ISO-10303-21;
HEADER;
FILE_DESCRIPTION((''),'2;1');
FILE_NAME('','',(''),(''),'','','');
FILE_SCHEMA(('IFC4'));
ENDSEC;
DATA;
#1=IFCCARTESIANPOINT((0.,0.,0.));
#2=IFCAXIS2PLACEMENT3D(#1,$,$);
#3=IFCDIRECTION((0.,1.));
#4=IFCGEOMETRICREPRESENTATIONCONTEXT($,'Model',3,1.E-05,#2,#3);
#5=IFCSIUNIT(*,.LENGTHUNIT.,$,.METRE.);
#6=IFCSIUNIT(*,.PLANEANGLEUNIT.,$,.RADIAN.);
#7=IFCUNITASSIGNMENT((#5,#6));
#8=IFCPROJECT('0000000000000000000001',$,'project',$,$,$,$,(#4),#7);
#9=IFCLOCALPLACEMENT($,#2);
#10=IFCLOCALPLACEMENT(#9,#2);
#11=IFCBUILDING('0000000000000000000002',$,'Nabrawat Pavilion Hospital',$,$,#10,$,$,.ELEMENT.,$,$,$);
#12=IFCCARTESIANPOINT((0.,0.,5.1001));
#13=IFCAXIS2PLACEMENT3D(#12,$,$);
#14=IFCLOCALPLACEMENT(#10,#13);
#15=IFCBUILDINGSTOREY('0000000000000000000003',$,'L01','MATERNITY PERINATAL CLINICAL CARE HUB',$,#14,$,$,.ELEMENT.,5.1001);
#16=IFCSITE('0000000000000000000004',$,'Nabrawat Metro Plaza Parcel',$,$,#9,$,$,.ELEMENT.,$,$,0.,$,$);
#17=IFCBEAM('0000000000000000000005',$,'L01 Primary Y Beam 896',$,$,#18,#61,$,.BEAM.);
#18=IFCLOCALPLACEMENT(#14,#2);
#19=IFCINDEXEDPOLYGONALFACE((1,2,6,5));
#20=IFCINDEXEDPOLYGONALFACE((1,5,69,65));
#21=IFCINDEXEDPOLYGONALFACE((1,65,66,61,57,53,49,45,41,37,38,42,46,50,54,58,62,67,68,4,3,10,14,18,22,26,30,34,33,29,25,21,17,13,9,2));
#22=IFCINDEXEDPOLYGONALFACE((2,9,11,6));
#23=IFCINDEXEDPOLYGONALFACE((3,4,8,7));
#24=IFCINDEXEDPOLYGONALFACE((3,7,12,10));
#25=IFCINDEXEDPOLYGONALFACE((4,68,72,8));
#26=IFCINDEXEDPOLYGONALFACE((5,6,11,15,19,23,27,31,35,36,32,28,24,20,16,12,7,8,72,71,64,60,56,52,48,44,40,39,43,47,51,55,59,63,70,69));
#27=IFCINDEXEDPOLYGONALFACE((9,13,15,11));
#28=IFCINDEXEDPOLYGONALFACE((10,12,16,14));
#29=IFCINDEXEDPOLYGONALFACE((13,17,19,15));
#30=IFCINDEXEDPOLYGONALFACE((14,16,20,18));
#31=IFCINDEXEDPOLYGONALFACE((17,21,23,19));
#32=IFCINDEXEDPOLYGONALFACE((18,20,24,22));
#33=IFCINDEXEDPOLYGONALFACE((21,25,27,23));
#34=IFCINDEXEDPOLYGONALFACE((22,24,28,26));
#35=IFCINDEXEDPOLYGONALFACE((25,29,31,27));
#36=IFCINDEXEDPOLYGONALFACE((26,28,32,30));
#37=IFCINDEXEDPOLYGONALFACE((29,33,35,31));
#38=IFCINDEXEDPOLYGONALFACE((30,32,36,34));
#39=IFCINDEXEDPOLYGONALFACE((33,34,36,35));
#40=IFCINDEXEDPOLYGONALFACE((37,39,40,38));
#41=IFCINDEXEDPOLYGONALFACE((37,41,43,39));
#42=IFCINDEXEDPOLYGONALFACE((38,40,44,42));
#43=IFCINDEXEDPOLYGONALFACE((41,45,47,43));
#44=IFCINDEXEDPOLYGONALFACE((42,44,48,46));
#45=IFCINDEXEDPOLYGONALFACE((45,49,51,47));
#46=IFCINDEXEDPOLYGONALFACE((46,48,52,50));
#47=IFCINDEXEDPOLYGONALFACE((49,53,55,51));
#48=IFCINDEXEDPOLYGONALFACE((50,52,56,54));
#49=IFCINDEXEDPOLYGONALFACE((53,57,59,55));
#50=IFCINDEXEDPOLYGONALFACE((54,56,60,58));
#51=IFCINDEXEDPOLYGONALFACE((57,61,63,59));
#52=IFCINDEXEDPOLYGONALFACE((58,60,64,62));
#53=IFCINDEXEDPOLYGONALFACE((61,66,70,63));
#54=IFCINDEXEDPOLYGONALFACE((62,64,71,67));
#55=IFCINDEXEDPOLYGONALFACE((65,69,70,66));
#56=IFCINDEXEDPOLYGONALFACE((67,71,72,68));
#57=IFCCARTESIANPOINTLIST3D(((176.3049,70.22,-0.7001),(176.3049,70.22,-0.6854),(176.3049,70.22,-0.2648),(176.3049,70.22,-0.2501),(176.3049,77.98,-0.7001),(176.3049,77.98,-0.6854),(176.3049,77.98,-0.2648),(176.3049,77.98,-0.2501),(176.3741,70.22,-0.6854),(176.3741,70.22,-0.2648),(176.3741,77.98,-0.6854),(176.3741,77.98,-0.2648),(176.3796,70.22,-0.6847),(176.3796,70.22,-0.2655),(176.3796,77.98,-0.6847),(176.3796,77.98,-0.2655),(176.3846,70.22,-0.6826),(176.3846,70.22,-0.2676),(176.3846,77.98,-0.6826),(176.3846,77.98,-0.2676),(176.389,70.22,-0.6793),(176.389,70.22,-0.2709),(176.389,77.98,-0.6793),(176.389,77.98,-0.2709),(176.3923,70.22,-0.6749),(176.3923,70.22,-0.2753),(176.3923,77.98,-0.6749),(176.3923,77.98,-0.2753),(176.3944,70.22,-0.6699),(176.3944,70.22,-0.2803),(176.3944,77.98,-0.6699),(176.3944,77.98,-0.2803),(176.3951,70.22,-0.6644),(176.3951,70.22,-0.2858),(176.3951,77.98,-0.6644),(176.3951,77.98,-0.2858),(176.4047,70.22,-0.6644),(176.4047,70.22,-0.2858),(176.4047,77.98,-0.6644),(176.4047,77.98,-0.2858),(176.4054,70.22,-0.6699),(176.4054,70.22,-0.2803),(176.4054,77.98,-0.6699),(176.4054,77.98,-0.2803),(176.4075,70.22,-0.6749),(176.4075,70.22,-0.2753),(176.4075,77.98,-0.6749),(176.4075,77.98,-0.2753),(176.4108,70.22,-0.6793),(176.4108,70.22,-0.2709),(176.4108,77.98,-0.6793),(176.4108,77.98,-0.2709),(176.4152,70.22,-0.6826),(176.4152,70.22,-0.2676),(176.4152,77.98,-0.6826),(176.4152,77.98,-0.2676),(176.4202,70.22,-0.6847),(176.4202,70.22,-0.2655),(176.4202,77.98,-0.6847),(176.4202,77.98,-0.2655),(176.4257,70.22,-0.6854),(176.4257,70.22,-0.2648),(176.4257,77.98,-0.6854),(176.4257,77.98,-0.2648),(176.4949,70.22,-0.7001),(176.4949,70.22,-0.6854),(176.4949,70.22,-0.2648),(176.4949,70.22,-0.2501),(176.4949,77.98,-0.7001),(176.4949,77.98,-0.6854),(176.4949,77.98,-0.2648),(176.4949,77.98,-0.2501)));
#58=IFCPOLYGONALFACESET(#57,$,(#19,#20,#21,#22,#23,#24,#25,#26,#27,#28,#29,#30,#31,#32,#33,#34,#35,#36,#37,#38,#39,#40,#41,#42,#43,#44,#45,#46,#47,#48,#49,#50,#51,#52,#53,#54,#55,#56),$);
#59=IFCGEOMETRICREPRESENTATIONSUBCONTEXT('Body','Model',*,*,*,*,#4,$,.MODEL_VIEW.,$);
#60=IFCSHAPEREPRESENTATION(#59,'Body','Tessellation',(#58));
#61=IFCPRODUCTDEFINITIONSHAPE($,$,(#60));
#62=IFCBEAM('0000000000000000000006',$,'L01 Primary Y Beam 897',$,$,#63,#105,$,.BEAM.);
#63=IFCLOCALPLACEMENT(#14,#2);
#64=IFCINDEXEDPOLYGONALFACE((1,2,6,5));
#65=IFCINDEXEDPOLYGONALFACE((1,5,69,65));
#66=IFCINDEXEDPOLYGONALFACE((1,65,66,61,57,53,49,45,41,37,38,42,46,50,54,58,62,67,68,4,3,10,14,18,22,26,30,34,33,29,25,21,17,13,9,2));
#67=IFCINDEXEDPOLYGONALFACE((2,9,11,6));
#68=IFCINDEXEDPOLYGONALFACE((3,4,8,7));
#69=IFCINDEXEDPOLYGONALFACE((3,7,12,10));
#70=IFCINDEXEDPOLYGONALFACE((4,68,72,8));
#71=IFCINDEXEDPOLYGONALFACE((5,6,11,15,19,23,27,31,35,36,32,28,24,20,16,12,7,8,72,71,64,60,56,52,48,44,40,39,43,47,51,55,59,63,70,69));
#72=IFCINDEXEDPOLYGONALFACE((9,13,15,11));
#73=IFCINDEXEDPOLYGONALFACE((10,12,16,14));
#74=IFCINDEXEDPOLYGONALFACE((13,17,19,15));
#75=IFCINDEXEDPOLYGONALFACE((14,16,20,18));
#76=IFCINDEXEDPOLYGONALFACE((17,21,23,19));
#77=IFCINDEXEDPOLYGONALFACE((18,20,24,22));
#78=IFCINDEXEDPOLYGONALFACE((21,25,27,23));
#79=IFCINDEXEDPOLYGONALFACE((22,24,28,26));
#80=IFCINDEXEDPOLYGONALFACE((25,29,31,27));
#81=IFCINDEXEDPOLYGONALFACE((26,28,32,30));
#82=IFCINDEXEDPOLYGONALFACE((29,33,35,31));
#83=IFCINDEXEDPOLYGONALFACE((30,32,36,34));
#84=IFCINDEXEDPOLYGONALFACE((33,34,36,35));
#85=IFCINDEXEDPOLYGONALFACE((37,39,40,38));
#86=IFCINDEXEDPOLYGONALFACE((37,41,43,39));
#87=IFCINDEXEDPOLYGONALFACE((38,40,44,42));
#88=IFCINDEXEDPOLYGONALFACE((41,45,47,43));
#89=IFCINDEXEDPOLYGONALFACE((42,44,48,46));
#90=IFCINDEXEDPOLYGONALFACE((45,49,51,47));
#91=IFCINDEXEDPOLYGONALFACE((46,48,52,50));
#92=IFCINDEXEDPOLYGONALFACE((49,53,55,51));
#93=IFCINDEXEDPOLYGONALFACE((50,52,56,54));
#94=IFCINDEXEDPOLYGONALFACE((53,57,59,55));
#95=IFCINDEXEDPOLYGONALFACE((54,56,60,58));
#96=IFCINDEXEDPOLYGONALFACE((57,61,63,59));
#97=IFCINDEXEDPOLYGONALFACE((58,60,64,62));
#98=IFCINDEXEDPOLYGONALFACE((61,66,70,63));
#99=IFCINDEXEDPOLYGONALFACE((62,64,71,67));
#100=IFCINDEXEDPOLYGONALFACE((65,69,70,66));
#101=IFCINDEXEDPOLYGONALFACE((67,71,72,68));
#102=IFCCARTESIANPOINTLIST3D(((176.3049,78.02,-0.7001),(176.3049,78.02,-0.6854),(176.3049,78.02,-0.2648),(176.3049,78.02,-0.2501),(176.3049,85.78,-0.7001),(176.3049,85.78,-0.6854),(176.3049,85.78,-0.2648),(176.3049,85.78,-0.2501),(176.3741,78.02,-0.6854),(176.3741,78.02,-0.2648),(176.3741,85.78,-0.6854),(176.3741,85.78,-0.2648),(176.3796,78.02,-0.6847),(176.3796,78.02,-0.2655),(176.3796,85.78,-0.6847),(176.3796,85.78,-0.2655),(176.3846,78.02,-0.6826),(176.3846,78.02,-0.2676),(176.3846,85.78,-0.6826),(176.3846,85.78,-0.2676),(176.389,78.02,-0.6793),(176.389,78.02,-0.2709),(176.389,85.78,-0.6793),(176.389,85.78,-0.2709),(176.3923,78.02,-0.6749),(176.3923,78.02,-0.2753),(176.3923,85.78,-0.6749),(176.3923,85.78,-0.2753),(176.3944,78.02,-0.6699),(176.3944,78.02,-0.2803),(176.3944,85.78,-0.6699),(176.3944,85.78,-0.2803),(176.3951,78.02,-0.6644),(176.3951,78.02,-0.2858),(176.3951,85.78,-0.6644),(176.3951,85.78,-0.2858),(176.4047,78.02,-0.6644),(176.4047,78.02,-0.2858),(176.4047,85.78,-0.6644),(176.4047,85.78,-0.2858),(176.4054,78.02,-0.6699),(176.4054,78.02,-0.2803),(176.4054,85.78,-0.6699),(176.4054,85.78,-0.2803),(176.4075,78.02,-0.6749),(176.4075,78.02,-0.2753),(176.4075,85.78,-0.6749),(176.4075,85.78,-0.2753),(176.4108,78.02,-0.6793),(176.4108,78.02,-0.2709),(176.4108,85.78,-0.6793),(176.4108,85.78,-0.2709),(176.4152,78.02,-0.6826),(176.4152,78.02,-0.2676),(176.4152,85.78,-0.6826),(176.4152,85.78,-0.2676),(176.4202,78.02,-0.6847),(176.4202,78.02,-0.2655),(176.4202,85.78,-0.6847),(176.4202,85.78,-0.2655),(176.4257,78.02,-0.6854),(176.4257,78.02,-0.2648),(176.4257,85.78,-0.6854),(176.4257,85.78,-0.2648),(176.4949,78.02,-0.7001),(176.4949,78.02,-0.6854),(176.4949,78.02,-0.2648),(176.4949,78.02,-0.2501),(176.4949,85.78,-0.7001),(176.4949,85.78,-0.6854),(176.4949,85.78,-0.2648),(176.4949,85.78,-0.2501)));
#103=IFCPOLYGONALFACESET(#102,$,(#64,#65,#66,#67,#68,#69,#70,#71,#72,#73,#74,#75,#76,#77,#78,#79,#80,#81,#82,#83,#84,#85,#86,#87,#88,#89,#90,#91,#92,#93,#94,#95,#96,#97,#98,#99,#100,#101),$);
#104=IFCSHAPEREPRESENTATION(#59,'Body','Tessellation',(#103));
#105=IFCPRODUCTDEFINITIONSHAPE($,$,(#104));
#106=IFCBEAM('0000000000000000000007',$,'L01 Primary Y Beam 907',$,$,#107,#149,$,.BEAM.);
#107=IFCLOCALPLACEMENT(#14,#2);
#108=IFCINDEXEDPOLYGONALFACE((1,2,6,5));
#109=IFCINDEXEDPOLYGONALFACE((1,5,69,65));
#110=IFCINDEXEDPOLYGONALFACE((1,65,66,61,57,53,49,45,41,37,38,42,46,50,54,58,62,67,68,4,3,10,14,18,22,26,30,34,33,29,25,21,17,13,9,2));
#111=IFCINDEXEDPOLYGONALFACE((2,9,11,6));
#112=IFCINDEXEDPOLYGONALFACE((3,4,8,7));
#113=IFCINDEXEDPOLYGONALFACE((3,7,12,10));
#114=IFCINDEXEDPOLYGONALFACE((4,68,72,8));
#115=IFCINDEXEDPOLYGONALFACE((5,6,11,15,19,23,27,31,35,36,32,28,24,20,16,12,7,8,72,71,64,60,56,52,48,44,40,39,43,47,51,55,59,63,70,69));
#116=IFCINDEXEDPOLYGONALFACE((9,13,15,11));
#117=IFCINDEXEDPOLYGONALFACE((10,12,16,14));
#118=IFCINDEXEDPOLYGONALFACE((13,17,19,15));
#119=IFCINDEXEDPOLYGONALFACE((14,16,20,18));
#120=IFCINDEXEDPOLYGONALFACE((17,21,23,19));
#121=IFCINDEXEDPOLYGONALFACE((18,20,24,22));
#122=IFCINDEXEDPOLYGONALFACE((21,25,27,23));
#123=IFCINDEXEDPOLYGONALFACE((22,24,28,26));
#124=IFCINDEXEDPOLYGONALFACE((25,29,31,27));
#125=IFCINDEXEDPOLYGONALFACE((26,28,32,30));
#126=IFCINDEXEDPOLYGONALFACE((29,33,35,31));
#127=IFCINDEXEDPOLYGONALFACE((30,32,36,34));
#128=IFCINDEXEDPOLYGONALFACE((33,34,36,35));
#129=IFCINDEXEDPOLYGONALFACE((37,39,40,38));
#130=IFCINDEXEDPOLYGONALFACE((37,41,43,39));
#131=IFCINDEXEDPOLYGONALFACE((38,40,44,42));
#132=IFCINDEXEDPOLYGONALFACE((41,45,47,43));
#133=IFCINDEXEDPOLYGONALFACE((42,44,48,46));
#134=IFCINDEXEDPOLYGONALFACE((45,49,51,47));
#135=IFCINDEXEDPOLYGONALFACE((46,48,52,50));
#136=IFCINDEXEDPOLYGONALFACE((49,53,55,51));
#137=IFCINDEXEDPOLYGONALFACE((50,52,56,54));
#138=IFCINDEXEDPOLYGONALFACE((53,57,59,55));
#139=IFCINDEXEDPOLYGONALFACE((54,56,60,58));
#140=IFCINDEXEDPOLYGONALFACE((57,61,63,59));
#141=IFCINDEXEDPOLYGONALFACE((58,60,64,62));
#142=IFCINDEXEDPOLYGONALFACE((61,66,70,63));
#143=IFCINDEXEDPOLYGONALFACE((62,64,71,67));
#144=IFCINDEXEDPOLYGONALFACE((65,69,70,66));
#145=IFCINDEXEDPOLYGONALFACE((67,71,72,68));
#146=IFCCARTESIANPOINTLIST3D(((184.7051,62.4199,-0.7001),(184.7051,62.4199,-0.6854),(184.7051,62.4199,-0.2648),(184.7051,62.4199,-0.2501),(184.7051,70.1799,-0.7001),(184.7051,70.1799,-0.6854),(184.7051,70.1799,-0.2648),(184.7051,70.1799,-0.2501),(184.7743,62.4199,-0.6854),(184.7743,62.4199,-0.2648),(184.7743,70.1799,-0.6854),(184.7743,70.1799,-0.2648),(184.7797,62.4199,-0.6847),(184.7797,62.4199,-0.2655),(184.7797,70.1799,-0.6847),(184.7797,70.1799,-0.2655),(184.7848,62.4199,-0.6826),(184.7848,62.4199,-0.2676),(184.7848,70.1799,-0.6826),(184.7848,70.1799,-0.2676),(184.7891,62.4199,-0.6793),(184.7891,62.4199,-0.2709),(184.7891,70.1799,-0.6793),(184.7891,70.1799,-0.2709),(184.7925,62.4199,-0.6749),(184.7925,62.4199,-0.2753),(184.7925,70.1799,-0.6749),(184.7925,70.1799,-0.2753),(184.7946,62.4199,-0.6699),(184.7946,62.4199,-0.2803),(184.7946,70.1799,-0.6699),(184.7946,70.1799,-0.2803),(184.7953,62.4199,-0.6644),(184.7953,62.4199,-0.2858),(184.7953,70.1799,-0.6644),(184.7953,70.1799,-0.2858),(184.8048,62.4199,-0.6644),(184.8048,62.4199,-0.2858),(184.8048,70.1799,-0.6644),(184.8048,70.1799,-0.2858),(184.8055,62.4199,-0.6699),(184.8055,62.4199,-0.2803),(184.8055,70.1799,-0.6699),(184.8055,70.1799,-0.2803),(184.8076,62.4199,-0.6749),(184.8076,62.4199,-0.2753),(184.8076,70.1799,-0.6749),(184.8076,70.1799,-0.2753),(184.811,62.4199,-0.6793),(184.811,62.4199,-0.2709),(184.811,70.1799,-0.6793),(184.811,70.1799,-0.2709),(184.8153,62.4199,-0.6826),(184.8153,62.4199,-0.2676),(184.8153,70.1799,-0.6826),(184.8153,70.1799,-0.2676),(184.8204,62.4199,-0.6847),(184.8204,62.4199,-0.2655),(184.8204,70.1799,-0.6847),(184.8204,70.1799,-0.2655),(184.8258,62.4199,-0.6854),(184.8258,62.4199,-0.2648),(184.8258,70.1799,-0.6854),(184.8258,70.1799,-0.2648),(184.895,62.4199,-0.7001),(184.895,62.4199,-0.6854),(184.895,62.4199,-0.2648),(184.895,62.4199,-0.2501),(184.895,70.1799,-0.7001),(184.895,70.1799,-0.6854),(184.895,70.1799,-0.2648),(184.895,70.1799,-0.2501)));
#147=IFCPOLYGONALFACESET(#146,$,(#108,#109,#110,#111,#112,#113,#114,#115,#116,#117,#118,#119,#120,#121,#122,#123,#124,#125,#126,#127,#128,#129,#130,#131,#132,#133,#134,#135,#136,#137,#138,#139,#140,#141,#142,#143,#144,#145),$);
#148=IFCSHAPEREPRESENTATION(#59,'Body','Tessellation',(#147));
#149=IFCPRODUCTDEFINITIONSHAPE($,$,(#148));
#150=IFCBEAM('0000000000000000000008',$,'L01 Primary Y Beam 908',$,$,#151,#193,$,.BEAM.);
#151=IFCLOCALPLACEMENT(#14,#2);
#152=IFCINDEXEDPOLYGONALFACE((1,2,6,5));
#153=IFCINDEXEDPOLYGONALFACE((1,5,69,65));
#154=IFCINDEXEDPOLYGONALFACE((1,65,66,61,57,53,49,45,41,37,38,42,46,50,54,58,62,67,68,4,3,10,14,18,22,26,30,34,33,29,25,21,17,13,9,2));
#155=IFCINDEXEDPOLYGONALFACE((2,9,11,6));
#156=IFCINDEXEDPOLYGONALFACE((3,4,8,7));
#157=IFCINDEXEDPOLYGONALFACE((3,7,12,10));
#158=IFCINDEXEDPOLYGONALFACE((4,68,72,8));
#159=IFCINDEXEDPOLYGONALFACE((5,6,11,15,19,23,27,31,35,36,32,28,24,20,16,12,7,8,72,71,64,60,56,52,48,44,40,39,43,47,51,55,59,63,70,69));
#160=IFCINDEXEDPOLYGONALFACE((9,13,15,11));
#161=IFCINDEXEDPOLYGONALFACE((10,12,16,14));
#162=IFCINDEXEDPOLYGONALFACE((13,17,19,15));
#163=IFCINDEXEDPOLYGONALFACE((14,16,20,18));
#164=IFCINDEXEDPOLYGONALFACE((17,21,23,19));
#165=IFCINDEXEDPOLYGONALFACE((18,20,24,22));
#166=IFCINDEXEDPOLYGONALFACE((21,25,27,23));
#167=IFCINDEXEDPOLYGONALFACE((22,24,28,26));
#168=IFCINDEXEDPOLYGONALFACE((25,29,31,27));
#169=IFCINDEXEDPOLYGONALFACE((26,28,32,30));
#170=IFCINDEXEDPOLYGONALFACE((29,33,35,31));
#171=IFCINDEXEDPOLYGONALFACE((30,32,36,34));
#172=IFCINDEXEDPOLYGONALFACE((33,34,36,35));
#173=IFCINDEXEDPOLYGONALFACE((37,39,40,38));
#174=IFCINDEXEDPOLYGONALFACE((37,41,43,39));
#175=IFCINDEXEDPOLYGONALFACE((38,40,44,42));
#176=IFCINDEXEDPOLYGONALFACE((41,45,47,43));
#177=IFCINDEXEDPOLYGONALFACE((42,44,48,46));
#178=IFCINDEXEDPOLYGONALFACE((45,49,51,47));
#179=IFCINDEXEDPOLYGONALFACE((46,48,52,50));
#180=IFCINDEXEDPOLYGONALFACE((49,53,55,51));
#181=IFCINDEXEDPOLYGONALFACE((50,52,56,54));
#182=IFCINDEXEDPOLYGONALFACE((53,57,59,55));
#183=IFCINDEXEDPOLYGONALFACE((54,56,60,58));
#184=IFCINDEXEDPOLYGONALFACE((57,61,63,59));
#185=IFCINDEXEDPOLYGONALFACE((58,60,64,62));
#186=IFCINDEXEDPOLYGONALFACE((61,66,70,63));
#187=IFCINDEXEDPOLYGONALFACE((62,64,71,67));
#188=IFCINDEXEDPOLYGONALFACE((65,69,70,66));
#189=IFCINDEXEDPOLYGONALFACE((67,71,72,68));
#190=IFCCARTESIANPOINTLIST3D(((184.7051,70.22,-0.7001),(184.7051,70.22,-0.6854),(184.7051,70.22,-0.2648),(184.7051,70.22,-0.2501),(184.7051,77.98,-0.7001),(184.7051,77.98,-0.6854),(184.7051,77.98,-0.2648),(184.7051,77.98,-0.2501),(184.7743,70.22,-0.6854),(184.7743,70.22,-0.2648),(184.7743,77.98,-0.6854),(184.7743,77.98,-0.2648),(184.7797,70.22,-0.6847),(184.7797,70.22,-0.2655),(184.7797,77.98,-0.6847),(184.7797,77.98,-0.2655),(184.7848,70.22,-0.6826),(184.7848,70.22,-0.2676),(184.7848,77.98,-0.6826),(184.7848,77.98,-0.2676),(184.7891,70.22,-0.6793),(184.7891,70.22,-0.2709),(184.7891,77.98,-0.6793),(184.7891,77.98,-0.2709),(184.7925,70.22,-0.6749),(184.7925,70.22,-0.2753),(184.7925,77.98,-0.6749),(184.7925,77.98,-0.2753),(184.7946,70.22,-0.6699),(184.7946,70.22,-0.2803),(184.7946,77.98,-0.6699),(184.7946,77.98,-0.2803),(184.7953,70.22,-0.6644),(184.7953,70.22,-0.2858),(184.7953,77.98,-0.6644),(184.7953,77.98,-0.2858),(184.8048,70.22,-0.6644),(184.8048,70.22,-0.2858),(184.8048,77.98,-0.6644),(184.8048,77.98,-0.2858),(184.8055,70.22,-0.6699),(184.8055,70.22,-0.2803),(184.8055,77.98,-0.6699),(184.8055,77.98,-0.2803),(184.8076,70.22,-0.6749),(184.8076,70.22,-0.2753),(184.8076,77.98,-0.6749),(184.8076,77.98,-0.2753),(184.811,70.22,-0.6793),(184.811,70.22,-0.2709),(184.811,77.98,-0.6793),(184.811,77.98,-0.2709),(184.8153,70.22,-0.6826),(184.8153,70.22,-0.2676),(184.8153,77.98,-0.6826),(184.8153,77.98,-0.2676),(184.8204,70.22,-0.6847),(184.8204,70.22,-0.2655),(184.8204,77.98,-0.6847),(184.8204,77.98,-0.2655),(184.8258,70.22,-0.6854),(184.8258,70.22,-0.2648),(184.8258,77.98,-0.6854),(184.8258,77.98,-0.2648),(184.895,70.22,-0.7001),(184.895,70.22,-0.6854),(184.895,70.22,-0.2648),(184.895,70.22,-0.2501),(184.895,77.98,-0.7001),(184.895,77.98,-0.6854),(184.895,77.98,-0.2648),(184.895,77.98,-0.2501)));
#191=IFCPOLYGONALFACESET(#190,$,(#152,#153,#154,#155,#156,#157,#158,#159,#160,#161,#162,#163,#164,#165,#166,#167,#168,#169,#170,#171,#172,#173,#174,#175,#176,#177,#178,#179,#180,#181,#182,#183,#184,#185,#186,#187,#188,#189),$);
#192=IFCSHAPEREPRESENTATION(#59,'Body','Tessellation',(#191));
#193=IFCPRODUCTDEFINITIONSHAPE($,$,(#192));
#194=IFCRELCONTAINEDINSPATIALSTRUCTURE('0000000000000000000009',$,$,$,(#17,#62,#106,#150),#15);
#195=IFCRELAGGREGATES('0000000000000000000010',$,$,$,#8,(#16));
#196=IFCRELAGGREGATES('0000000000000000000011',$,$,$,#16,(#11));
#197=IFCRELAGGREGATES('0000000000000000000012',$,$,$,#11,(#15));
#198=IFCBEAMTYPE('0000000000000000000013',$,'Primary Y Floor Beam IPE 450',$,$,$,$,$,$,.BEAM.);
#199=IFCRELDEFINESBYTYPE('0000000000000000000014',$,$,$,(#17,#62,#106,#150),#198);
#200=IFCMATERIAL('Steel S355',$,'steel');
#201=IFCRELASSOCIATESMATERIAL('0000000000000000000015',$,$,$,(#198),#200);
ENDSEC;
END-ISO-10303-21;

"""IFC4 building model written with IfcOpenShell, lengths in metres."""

from ifc_helpers import new_model, si_unit, direction, frame, origin, origin_2d, place, context, subcontext, project, spatial, i_section, extrude, material, material_profile, profile_set, type_object, element, save


model = new_model("IFC4")

# Units and contexts
model_context = context("Model", 3, precision=1e-05, world=origin(), true_north=direction((0.0, 1.0)))
body_context = subcontext(model_context, "Body", "Model", "MODEL_VIEW")
ifc_project = project(units=[si_unit("LENGTHUNIT", "METRE"), si_unit("PLANEANGLEUNIT", "RADIAN")], contexts=[model_context])

# Site, building, storey
site_placement = place(None, origin())
site = spatial("IfcSite", under=ifc_project, at=site_placement, Name="Nabrawat Metro Plaza Parcel", CompositionType="ELEMENT", RefElevation=0.0)
building_placement = place(site_placement, origin())
building = spatial("IfcBuilding", under=site, at=building_placement, Name="Nabrawat Pavilion Hospital", CompositionType="ELEMENT")
storey_placement = place(building_placement, frame((0.0, 0.0, 5.1001)))
storey = spatial("IfcBuildingStorey", under=building, at=storey_placement, Name="L01", Description="MATERNITY PERINATAL CLINICAL CARE HUB", CompositionType="ELEMENT", Elevation=5.1001)

# Shared definitions
ifc_material_1 = material(Name="Steel S355", Category="steel")

# Beams
ifc_material_profile_1 = material_profile(ifc_material_1, i_section(OverallWidth=0.1899, OverallDepth=0.45, WebThickness=0.0095, FlangeThickness=0.0146, FilletRadius=0.021, at=origin_2d()), Name="IPE 450")
ifc_profile_set_1 = profile_set([ifc_material_profile_1], Name="Steel S355")
beam_type_1 = type_object("IfcBeamType", Name="Primary Y Floor Beam IPE 450", PredefinedType="BEAM", material=ifc_profile_set_1)
for number, where, z_axis, x_axis, name in (
    (1, (176.3999, 70.22, -0.4751), (0.0, 1.0, 0.0), (-1.0, 0.0, 0.0), "L01 Primary Y Beam 896"),
    (2, (176.3999, 78.02, -0.4751), (0.0, 1.0, 0.0), (-1.0, 0.0, 0.0), "L01 Primary Y Beam 897"),
    (3, (184.8, 62.4199, -0.4751), (0.0, 1.0, 0.0), (-1.0, 0.0, 0.0), "L01 Primary Y Beam 907"),
    (4, (184.8, 70.22, -0.4751), (0.0, 1.0, 0.0), (-1.0, 0.0, 0.0), "L01 Primary Y Beam 908"),
):
    element("IfcBeam", number, at=place(storey_placement, frame(where, z_axis=z_axis, x_axis=x_axis)), inside=storey, type_object=beam_type_1, Name=name, PredefinedType="BEAM", context=body_context, shape_type="SweptSolid", body=[
        extrude(i_section(OverallWidth=0.1899, OverallDepth=0.45, WebThickness=0.0095, FlangeThickness=0.0146, FilletRadius=0.021, at=origin_2d()), origin(), (0.0, 0.0, 1.0), 7.76),
    ])

save(model, "model.ifc")
